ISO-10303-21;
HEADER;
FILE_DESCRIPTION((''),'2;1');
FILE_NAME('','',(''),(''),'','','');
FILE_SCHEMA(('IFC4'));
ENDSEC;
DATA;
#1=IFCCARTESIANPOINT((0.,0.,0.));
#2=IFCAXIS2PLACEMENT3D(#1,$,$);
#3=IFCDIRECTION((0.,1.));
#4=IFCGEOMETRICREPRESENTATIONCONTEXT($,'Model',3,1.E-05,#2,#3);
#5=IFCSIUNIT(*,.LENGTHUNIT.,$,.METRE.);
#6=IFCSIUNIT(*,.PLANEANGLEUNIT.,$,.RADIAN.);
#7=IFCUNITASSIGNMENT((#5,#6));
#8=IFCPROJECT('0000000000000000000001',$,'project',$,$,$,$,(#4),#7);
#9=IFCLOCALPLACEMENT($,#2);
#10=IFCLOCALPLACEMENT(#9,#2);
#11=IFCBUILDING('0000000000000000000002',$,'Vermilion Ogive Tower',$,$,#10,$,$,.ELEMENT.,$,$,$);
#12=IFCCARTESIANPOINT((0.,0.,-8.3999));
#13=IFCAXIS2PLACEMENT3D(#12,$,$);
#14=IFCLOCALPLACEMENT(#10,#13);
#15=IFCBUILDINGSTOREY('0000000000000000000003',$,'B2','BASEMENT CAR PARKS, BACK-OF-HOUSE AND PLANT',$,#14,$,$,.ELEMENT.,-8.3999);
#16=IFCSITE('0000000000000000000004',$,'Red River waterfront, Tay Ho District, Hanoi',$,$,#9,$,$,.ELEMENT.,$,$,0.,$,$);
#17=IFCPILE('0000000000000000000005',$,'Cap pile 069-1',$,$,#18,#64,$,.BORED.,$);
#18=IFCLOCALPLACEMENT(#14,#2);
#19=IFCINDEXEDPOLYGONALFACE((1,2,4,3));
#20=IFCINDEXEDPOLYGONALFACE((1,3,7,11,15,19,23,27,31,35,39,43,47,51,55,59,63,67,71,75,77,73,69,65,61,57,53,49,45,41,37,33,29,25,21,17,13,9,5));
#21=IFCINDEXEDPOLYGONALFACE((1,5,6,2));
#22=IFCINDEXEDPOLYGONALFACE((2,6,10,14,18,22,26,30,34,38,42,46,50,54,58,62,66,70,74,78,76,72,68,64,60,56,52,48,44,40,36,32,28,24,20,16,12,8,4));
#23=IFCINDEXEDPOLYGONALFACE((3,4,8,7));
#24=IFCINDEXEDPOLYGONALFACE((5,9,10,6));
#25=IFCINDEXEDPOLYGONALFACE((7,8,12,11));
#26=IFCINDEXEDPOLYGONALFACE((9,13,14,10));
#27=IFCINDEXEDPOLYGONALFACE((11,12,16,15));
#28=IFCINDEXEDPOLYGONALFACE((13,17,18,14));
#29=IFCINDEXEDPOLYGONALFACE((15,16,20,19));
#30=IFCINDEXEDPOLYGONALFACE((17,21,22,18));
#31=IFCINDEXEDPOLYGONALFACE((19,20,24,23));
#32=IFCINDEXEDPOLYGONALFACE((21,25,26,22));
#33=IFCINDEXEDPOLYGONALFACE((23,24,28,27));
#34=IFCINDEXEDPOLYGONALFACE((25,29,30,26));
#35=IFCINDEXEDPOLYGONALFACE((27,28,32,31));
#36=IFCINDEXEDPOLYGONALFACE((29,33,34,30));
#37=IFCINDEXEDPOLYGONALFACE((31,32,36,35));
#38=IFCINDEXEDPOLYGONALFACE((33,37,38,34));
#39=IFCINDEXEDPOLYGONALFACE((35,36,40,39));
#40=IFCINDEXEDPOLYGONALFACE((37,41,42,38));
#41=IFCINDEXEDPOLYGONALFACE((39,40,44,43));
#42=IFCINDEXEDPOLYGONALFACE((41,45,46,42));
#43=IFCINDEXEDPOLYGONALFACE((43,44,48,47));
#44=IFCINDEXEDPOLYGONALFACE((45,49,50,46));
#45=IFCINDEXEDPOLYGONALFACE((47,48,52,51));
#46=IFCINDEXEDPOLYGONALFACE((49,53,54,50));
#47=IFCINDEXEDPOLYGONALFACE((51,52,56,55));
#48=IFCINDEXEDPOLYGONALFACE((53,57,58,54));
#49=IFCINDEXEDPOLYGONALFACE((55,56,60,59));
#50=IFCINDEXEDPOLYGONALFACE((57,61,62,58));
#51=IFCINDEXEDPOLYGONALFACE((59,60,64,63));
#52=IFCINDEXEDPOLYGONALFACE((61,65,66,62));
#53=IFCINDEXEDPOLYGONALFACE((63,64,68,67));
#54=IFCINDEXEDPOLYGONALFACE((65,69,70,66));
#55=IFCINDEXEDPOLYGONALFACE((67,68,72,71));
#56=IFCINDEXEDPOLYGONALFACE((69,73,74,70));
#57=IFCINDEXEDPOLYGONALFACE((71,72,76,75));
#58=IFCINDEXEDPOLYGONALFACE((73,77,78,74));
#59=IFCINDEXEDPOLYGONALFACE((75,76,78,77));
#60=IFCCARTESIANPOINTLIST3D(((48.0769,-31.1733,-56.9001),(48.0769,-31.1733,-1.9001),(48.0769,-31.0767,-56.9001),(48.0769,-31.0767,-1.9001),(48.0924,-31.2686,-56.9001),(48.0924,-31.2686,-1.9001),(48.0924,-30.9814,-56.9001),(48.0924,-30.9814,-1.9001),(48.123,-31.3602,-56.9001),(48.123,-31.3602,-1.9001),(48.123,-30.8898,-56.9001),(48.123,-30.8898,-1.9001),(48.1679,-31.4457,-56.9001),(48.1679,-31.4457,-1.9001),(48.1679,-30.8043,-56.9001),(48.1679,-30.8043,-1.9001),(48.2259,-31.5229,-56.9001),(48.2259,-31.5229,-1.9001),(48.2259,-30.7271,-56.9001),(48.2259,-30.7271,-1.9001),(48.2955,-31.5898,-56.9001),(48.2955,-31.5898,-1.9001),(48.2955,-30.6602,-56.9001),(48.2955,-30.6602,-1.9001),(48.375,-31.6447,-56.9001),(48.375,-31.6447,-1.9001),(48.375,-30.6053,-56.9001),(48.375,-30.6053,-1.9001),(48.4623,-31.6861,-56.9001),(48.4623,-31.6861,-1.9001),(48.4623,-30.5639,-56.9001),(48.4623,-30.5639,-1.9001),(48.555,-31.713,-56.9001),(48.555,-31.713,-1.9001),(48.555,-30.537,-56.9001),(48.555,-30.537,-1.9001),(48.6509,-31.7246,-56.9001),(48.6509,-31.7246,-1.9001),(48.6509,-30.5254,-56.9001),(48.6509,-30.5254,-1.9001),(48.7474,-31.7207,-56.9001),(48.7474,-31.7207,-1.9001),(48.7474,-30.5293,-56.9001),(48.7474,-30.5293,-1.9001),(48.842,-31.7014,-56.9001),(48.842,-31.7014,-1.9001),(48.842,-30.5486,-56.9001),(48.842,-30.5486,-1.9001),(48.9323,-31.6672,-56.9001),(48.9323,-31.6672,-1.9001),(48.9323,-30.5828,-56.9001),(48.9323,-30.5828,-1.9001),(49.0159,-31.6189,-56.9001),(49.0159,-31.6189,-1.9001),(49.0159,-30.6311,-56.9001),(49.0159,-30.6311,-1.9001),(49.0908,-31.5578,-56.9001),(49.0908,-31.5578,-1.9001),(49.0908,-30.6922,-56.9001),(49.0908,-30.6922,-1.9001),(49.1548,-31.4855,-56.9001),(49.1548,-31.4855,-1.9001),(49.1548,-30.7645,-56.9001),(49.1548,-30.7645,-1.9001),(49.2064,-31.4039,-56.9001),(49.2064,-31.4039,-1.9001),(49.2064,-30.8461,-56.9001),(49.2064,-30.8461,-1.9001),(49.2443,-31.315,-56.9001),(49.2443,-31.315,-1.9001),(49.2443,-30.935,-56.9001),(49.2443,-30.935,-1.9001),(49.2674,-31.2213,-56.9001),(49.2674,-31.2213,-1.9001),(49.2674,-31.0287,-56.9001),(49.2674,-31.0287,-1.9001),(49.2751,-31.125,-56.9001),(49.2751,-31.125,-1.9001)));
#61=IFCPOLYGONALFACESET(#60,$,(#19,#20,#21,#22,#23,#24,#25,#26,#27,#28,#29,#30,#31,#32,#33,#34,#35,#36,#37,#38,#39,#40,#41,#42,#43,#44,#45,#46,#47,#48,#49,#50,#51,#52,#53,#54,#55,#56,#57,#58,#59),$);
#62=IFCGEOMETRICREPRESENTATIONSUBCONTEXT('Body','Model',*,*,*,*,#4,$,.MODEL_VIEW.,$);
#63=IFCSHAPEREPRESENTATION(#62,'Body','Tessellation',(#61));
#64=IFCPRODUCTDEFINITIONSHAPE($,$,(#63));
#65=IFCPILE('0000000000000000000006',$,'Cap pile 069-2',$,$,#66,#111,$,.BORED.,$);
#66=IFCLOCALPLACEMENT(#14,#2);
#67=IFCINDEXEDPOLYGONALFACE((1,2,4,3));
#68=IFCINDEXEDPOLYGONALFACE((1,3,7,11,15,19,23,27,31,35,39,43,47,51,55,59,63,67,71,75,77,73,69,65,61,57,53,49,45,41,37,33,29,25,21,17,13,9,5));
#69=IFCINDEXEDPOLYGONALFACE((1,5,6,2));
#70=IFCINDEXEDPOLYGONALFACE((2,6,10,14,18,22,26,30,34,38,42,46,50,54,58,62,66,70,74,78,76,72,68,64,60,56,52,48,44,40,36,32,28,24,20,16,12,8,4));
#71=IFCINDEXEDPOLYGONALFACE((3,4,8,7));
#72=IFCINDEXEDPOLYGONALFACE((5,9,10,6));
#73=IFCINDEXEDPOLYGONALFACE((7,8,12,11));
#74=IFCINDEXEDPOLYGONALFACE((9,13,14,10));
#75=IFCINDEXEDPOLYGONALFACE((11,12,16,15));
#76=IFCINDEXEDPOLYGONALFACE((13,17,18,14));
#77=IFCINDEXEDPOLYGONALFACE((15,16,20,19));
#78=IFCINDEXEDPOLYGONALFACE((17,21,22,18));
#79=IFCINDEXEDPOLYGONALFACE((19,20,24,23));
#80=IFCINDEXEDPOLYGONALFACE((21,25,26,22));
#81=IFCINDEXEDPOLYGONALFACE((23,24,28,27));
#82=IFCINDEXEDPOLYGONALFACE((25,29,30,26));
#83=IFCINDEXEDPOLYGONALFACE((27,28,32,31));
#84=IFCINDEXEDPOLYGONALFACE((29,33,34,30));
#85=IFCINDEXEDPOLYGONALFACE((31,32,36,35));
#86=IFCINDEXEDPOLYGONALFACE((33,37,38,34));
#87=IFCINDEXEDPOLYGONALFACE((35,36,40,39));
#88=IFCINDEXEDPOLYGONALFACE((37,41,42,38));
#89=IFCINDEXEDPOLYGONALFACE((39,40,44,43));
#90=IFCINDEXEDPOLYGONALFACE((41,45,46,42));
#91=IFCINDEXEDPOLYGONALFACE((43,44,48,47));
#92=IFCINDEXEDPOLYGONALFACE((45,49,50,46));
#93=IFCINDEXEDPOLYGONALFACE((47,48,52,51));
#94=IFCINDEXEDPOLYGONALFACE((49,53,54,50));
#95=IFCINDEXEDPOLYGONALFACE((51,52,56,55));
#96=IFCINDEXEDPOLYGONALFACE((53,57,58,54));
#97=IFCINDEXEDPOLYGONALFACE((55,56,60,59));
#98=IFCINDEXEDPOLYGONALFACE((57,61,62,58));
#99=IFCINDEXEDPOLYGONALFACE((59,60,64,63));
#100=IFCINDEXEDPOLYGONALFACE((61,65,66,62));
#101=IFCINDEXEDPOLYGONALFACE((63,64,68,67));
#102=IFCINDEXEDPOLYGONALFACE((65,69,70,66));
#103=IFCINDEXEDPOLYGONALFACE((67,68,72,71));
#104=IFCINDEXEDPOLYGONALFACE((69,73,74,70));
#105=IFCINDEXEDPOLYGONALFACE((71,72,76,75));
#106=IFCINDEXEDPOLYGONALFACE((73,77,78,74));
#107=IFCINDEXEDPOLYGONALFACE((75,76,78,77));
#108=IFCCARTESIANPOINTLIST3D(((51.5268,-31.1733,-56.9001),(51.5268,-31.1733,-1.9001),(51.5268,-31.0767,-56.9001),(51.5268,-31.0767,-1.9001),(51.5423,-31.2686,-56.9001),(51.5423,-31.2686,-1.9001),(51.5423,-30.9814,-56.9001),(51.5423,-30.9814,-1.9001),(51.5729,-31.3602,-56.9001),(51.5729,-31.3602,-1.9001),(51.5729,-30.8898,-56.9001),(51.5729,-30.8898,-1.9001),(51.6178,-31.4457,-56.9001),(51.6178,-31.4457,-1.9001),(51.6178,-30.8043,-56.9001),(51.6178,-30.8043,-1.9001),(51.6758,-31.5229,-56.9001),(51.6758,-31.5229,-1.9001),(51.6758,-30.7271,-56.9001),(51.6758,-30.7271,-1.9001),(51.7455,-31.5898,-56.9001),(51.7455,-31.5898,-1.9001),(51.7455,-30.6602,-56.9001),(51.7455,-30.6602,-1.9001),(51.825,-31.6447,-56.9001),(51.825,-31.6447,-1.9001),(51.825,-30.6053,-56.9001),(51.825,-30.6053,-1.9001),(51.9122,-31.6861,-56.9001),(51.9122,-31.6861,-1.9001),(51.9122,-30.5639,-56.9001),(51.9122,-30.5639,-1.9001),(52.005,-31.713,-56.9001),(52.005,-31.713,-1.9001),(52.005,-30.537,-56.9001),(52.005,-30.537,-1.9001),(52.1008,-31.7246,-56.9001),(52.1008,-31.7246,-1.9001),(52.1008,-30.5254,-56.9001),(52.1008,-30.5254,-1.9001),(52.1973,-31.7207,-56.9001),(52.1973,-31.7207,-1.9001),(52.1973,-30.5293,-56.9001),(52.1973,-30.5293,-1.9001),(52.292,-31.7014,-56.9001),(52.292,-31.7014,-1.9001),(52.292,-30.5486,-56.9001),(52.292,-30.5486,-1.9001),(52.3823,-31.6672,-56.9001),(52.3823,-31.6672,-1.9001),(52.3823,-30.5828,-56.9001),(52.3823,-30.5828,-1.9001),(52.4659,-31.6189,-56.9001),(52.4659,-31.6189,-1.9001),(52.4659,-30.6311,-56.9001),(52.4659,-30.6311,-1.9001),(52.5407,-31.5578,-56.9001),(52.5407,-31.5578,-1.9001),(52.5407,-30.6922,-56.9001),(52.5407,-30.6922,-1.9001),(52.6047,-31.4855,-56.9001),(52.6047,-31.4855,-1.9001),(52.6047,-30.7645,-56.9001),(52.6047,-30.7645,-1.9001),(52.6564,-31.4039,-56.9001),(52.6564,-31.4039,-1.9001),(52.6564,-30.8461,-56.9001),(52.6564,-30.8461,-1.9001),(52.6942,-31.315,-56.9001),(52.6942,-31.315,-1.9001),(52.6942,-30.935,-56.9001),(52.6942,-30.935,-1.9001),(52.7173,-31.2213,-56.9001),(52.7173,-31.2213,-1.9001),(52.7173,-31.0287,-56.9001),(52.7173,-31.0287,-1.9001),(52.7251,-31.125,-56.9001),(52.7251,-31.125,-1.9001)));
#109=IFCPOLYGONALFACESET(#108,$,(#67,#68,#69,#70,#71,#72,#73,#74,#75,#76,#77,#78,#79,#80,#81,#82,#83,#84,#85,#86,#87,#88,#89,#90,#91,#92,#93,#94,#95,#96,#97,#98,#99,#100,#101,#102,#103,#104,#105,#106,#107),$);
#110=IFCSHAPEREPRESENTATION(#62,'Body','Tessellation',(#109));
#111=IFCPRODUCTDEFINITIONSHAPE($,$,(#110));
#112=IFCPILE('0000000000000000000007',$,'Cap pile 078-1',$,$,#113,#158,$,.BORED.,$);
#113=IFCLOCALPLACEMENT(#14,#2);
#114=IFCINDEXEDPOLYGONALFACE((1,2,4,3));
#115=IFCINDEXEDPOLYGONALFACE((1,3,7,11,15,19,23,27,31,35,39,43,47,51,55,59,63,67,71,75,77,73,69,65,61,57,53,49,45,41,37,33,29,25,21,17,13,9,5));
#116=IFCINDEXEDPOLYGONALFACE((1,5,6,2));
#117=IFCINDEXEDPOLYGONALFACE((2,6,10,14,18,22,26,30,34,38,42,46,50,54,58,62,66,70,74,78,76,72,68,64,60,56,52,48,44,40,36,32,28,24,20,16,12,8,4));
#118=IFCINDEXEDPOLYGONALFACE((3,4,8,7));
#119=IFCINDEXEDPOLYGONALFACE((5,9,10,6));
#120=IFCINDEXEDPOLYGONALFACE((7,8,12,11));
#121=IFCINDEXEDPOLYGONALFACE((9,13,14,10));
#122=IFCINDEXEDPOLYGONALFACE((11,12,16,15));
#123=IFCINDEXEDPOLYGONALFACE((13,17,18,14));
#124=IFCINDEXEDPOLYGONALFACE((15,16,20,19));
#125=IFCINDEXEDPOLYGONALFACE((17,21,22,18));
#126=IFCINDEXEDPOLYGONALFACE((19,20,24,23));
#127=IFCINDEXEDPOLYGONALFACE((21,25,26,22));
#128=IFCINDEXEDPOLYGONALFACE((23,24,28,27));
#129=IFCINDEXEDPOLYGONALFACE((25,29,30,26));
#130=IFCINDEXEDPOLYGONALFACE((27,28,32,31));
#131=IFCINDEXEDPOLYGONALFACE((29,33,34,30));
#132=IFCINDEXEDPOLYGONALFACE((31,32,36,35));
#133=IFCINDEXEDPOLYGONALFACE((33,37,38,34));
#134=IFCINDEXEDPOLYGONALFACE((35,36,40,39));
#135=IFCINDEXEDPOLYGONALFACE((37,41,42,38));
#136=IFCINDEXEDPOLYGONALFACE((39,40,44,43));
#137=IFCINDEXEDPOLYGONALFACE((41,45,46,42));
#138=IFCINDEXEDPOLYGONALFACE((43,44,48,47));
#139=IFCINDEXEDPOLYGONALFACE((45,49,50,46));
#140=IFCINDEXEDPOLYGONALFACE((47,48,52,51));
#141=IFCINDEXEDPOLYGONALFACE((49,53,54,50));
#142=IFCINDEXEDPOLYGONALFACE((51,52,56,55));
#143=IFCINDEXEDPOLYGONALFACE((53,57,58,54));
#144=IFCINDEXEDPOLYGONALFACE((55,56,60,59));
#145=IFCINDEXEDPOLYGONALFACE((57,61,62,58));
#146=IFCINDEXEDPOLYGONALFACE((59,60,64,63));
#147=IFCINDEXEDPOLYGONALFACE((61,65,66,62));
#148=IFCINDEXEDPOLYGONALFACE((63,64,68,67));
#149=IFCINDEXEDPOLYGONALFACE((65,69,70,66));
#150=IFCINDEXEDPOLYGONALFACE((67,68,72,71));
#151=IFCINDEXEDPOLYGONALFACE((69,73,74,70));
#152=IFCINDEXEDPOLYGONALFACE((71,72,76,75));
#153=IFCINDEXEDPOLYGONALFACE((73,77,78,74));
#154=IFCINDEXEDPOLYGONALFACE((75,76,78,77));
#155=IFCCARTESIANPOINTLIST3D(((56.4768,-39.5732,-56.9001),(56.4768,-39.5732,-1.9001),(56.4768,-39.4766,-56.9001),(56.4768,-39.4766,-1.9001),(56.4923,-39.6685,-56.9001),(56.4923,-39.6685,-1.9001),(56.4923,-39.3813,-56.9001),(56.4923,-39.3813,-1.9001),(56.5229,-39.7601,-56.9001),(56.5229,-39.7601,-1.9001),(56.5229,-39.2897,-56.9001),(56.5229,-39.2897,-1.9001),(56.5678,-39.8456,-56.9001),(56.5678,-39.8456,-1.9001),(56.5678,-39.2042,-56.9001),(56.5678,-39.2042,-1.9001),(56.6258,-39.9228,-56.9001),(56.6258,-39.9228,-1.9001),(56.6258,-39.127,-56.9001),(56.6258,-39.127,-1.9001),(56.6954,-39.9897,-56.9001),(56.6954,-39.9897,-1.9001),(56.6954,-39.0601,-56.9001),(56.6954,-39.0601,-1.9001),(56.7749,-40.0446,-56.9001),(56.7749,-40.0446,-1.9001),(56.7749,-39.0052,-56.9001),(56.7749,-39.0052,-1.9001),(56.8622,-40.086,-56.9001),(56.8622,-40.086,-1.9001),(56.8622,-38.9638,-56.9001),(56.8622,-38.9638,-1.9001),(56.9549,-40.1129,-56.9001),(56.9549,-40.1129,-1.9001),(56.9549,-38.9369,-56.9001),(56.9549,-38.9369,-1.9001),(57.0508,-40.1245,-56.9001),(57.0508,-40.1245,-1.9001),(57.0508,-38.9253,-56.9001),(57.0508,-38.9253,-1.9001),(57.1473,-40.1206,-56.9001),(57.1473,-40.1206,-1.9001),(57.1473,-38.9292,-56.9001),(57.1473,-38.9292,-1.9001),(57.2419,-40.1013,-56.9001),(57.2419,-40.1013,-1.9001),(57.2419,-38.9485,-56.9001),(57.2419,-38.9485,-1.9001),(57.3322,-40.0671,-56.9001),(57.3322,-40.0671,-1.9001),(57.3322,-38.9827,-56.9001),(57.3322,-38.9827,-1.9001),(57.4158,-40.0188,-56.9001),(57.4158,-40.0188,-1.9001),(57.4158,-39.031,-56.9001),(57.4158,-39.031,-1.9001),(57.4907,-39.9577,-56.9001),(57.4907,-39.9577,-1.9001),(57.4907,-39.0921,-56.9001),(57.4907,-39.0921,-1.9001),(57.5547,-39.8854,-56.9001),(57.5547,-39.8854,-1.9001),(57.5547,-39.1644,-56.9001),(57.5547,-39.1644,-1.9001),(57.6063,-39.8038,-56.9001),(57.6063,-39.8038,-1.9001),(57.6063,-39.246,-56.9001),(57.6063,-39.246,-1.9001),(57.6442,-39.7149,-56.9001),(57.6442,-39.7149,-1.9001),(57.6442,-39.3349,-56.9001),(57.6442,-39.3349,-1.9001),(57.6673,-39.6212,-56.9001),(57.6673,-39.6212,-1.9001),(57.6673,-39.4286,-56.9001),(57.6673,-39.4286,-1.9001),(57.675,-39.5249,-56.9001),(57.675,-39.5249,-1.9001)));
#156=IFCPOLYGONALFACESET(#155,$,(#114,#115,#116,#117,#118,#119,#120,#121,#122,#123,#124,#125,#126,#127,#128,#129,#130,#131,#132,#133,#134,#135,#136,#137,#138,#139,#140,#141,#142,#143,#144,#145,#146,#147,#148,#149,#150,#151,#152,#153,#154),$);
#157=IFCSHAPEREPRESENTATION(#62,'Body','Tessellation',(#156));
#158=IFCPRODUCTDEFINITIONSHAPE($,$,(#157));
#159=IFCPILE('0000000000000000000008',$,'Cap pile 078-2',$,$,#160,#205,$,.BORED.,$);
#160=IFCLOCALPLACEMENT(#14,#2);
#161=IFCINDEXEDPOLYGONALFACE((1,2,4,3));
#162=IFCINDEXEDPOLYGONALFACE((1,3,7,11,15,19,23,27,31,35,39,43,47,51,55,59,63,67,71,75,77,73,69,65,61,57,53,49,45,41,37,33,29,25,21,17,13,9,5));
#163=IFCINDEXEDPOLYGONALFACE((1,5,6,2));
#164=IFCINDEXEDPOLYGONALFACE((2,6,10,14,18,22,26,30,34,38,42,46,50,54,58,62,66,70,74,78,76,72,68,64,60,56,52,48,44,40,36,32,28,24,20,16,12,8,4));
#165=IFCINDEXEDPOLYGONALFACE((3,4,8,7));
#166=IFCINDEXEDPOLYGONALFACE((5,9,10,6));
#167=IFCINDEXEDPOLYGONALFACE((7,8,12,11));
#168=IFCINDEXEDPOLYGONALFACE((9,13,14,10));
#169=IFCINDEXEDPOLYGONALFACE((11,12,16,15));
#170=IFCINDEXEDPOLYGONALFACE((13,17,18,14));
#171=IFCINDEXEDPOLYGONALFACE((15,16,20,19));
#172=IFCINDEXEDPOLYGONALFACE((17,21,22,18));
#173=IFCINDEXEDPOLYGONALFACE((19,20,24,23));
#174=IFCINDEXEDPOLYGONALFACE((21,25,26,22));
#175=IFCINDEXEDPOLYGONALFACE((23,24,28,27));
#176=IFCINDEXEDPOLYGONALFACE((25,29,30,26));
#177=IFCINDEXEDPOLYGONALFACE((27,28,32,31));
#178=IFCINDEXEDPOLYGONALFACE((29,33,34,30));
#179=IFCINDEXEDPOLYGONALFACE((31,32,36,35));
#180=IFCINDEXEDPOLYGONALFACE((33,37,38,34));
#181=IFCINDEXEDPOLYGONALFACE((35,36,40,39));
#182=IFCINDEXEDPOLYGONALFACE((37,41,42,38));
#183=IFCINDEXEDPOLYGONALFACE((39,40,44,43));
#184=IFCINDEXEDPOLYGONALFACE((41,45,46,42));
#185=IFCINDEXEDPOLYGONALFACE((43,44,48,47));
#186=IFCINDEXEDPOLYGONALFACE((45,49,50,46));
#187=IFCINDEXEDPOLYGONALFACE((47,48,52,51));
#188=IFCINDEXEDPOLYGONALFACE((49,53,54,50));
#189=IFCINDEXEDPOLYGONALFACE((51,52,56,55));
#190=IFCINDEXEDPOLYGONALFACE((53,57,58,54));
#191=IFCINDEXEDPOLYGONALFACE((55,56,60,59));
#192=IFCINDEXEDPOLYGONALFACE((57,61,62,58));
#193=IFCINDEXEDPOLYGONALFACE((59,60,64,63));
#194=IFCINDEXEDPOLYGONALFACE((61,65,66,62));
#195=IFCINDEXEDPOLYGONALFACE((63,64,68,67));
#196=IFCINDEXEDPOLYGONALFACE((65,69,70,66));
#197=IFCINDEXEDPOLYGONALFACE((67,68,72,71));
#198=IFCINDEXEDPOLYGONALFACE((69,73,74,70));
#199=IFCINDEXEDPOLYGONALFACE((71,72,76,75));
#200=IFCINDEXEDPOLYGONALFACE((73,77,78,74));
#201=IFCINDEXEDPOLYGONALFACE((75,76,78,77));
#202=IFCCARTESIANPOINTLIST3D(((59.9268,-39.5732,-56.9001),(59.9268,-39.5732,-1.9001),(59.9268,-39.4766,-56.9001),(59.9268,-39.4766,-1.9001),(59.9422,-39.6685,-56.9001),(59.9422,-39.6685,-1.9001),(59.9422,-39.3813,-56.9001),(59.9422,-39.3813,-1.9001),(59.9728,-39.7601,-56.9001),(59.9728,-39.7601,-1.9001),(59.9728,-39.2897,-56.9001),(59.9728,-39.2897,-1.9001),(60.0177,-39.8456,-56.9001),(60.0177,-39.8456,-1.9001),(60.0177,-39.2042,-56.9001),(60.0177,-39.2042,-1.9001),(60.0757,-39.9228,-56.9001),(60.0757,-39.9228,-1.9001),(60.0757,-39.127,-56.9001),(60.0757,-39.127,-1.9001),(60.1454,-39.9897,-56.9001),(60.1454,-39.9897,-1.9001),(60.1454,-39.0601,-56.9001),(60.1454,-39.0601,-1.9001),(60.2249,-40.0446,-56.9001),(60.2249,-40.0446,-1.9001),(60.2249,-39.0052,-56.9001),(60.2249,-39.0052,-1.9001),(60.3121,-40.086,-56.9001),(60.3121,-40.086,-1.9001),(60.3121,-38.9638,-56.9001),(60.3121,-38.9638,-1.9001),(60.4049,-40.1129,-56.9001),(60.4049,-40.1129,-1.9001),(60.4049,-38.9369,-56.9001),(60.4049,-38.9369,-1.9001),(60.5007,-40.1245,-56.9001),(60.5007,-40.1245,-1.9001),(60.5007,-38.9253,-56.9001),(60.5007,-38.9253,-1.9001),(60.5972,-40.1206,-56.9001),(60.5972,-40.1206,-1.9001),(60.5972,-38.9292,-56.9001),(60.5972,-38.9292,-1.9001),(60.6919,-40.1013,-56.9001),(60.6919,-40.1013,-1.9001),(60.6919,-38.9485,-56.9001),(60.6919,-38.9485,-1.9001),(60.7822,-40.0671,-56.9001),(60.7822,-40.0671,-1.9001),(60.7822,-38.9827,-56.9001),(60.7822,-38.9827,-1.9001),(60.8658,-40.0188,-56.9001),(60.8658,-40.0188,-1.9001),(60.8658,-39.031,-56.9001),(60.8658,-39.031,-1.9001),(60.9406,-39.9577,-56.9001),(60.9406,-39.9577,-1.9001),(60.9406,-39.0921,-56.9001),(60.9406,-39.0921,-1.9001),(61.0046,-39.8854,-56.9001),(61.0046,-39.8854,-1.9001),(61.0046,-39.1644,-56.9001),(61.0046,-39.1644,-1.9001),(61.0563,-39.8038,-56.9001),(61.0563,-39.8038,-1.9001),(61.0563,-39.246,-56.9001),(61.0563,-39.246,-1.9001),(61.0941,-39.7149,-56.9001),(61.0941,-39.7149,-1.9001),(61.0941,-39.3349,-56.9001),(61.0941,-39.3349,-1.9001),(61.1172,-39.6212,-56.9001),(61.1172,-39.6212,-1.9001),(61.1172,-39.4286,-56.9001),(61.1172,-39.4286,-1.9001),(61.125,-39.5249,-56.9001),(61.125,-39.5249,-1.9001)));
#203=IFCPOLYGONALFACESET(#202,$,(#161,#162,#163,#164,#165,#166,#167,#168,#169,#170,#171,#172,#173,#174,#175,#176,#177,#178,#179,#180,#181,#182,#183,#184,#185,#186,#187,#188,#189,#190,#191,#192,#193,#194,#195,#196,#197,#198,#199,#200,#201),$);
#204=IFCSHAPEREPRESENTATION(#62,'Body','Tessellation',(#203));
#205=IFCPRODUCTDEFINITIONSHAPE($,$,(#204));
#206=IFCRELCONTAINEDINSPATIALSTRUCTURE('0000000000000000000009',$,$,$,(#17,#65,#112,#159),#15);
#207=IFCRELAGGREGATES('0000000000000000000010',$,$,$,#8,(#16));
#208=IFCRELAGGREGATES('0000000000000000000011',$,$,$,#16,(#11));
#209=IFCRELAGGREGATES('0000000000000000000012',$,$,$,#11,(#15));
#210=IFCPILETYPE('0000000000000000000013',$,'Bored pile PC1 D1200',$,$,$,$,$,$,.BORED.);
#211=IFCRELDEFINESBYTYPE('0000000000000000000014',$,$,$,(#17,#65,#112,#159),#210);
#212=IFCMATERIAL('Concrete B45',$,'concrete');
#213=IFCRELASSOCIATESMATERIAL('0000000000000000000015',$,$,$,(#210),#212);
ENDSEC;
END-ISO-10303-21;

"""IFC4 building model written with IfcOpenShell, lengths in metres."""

from ifc_helpers import new_model, si_unit, direction, frame, origin, origin_2d, place, context, subcontext, project, spatial, circle, extrude, material, type_object, element, save


model = new_model("IFC4")

# Units and contexts
model_context = context("Model", 3, precision=1e-05, world=origin(), true_north=direction((0.0, 1.0)))
body_context = subcontext(model_context, "Body", "Model", "MODEL_VIEW")
ifc_project = project(units=[si_unit("LENGTHUNIT", "METRE"), si_unit("PLANEANGLEUNIT", "RADIAN")], contexts=[model_context])

# Site, building, storey
site_placement = place(None, origin())
site = spatial("IfcSite", under=ifc_project, at=site_placement, Name="Red River waterfront, Tay Ho District, Hanoi", CompositionType="ELEMENT", RefElevation=0.0)
building_placement = place(site_placement, origin())
building = spatial("IfcBuilding", under=site, at=building_placement, Name="Vermilion Ogive Tower", CompositionType="ELEMENT")
storey_placement = place(building_placement, frame((0.0, 0.0, -8.3999)))
storey = spatial("IfcBuildingStorey", under=building, at=storey_placement, Name="B2", Description="BASEMENT CAR PARKS, BACK-OF-HOUSE AND PLANT", CompositionType="ELEMENT", Elevation=-8.3999)

# Piles
ifc_material_1 = material(Name="Concrete B45", Category="concrete")
pile_type = type_object("IfcPileType", Name="Bored pile PC1 D1200", PredefinedType="BORED", material=ifc_material_1)
for number, where, z_axis, x_axis, name in (
    (1, (48.675, -31.125, -1.9001), (0.0, 0.0, -1.0), (1.0, 0.0, 0.0), "Cap pile 069-1"),
    (2, (52.125, -31.125, -1.9001), (0.0, 0.0, -1.0), (1.0, 0.0, 0.0), "Cap pile 069-2"),
    (3, (57.075, -39.5249, -1.9001), (0.0, 0.0, -1.0), (1.0, 0.0, 0.0), "Cap pile 078-1"),
    (4, (60.5249, -39.5249, -1.9001), (0.0, 0.0, -1.0), (1.0, 0.0, 0.0), "Cap pile 078-2"),
):
    element("IfcPile", number, at=place(storey_placement, frame(where, z_axis=z_axis, x_axis=x_axis)), inside=storey, type_object=pile_type, Name=name, PredefinedType="BORED", context=body_context, shape_type="SweptSolid", body=[
        extrude(circle(Radius=0.6001, at=origin_2d()), origin(), (0.0, 0.0, 1.0), 55.0),
    ])

save(model, "model.ifc")
